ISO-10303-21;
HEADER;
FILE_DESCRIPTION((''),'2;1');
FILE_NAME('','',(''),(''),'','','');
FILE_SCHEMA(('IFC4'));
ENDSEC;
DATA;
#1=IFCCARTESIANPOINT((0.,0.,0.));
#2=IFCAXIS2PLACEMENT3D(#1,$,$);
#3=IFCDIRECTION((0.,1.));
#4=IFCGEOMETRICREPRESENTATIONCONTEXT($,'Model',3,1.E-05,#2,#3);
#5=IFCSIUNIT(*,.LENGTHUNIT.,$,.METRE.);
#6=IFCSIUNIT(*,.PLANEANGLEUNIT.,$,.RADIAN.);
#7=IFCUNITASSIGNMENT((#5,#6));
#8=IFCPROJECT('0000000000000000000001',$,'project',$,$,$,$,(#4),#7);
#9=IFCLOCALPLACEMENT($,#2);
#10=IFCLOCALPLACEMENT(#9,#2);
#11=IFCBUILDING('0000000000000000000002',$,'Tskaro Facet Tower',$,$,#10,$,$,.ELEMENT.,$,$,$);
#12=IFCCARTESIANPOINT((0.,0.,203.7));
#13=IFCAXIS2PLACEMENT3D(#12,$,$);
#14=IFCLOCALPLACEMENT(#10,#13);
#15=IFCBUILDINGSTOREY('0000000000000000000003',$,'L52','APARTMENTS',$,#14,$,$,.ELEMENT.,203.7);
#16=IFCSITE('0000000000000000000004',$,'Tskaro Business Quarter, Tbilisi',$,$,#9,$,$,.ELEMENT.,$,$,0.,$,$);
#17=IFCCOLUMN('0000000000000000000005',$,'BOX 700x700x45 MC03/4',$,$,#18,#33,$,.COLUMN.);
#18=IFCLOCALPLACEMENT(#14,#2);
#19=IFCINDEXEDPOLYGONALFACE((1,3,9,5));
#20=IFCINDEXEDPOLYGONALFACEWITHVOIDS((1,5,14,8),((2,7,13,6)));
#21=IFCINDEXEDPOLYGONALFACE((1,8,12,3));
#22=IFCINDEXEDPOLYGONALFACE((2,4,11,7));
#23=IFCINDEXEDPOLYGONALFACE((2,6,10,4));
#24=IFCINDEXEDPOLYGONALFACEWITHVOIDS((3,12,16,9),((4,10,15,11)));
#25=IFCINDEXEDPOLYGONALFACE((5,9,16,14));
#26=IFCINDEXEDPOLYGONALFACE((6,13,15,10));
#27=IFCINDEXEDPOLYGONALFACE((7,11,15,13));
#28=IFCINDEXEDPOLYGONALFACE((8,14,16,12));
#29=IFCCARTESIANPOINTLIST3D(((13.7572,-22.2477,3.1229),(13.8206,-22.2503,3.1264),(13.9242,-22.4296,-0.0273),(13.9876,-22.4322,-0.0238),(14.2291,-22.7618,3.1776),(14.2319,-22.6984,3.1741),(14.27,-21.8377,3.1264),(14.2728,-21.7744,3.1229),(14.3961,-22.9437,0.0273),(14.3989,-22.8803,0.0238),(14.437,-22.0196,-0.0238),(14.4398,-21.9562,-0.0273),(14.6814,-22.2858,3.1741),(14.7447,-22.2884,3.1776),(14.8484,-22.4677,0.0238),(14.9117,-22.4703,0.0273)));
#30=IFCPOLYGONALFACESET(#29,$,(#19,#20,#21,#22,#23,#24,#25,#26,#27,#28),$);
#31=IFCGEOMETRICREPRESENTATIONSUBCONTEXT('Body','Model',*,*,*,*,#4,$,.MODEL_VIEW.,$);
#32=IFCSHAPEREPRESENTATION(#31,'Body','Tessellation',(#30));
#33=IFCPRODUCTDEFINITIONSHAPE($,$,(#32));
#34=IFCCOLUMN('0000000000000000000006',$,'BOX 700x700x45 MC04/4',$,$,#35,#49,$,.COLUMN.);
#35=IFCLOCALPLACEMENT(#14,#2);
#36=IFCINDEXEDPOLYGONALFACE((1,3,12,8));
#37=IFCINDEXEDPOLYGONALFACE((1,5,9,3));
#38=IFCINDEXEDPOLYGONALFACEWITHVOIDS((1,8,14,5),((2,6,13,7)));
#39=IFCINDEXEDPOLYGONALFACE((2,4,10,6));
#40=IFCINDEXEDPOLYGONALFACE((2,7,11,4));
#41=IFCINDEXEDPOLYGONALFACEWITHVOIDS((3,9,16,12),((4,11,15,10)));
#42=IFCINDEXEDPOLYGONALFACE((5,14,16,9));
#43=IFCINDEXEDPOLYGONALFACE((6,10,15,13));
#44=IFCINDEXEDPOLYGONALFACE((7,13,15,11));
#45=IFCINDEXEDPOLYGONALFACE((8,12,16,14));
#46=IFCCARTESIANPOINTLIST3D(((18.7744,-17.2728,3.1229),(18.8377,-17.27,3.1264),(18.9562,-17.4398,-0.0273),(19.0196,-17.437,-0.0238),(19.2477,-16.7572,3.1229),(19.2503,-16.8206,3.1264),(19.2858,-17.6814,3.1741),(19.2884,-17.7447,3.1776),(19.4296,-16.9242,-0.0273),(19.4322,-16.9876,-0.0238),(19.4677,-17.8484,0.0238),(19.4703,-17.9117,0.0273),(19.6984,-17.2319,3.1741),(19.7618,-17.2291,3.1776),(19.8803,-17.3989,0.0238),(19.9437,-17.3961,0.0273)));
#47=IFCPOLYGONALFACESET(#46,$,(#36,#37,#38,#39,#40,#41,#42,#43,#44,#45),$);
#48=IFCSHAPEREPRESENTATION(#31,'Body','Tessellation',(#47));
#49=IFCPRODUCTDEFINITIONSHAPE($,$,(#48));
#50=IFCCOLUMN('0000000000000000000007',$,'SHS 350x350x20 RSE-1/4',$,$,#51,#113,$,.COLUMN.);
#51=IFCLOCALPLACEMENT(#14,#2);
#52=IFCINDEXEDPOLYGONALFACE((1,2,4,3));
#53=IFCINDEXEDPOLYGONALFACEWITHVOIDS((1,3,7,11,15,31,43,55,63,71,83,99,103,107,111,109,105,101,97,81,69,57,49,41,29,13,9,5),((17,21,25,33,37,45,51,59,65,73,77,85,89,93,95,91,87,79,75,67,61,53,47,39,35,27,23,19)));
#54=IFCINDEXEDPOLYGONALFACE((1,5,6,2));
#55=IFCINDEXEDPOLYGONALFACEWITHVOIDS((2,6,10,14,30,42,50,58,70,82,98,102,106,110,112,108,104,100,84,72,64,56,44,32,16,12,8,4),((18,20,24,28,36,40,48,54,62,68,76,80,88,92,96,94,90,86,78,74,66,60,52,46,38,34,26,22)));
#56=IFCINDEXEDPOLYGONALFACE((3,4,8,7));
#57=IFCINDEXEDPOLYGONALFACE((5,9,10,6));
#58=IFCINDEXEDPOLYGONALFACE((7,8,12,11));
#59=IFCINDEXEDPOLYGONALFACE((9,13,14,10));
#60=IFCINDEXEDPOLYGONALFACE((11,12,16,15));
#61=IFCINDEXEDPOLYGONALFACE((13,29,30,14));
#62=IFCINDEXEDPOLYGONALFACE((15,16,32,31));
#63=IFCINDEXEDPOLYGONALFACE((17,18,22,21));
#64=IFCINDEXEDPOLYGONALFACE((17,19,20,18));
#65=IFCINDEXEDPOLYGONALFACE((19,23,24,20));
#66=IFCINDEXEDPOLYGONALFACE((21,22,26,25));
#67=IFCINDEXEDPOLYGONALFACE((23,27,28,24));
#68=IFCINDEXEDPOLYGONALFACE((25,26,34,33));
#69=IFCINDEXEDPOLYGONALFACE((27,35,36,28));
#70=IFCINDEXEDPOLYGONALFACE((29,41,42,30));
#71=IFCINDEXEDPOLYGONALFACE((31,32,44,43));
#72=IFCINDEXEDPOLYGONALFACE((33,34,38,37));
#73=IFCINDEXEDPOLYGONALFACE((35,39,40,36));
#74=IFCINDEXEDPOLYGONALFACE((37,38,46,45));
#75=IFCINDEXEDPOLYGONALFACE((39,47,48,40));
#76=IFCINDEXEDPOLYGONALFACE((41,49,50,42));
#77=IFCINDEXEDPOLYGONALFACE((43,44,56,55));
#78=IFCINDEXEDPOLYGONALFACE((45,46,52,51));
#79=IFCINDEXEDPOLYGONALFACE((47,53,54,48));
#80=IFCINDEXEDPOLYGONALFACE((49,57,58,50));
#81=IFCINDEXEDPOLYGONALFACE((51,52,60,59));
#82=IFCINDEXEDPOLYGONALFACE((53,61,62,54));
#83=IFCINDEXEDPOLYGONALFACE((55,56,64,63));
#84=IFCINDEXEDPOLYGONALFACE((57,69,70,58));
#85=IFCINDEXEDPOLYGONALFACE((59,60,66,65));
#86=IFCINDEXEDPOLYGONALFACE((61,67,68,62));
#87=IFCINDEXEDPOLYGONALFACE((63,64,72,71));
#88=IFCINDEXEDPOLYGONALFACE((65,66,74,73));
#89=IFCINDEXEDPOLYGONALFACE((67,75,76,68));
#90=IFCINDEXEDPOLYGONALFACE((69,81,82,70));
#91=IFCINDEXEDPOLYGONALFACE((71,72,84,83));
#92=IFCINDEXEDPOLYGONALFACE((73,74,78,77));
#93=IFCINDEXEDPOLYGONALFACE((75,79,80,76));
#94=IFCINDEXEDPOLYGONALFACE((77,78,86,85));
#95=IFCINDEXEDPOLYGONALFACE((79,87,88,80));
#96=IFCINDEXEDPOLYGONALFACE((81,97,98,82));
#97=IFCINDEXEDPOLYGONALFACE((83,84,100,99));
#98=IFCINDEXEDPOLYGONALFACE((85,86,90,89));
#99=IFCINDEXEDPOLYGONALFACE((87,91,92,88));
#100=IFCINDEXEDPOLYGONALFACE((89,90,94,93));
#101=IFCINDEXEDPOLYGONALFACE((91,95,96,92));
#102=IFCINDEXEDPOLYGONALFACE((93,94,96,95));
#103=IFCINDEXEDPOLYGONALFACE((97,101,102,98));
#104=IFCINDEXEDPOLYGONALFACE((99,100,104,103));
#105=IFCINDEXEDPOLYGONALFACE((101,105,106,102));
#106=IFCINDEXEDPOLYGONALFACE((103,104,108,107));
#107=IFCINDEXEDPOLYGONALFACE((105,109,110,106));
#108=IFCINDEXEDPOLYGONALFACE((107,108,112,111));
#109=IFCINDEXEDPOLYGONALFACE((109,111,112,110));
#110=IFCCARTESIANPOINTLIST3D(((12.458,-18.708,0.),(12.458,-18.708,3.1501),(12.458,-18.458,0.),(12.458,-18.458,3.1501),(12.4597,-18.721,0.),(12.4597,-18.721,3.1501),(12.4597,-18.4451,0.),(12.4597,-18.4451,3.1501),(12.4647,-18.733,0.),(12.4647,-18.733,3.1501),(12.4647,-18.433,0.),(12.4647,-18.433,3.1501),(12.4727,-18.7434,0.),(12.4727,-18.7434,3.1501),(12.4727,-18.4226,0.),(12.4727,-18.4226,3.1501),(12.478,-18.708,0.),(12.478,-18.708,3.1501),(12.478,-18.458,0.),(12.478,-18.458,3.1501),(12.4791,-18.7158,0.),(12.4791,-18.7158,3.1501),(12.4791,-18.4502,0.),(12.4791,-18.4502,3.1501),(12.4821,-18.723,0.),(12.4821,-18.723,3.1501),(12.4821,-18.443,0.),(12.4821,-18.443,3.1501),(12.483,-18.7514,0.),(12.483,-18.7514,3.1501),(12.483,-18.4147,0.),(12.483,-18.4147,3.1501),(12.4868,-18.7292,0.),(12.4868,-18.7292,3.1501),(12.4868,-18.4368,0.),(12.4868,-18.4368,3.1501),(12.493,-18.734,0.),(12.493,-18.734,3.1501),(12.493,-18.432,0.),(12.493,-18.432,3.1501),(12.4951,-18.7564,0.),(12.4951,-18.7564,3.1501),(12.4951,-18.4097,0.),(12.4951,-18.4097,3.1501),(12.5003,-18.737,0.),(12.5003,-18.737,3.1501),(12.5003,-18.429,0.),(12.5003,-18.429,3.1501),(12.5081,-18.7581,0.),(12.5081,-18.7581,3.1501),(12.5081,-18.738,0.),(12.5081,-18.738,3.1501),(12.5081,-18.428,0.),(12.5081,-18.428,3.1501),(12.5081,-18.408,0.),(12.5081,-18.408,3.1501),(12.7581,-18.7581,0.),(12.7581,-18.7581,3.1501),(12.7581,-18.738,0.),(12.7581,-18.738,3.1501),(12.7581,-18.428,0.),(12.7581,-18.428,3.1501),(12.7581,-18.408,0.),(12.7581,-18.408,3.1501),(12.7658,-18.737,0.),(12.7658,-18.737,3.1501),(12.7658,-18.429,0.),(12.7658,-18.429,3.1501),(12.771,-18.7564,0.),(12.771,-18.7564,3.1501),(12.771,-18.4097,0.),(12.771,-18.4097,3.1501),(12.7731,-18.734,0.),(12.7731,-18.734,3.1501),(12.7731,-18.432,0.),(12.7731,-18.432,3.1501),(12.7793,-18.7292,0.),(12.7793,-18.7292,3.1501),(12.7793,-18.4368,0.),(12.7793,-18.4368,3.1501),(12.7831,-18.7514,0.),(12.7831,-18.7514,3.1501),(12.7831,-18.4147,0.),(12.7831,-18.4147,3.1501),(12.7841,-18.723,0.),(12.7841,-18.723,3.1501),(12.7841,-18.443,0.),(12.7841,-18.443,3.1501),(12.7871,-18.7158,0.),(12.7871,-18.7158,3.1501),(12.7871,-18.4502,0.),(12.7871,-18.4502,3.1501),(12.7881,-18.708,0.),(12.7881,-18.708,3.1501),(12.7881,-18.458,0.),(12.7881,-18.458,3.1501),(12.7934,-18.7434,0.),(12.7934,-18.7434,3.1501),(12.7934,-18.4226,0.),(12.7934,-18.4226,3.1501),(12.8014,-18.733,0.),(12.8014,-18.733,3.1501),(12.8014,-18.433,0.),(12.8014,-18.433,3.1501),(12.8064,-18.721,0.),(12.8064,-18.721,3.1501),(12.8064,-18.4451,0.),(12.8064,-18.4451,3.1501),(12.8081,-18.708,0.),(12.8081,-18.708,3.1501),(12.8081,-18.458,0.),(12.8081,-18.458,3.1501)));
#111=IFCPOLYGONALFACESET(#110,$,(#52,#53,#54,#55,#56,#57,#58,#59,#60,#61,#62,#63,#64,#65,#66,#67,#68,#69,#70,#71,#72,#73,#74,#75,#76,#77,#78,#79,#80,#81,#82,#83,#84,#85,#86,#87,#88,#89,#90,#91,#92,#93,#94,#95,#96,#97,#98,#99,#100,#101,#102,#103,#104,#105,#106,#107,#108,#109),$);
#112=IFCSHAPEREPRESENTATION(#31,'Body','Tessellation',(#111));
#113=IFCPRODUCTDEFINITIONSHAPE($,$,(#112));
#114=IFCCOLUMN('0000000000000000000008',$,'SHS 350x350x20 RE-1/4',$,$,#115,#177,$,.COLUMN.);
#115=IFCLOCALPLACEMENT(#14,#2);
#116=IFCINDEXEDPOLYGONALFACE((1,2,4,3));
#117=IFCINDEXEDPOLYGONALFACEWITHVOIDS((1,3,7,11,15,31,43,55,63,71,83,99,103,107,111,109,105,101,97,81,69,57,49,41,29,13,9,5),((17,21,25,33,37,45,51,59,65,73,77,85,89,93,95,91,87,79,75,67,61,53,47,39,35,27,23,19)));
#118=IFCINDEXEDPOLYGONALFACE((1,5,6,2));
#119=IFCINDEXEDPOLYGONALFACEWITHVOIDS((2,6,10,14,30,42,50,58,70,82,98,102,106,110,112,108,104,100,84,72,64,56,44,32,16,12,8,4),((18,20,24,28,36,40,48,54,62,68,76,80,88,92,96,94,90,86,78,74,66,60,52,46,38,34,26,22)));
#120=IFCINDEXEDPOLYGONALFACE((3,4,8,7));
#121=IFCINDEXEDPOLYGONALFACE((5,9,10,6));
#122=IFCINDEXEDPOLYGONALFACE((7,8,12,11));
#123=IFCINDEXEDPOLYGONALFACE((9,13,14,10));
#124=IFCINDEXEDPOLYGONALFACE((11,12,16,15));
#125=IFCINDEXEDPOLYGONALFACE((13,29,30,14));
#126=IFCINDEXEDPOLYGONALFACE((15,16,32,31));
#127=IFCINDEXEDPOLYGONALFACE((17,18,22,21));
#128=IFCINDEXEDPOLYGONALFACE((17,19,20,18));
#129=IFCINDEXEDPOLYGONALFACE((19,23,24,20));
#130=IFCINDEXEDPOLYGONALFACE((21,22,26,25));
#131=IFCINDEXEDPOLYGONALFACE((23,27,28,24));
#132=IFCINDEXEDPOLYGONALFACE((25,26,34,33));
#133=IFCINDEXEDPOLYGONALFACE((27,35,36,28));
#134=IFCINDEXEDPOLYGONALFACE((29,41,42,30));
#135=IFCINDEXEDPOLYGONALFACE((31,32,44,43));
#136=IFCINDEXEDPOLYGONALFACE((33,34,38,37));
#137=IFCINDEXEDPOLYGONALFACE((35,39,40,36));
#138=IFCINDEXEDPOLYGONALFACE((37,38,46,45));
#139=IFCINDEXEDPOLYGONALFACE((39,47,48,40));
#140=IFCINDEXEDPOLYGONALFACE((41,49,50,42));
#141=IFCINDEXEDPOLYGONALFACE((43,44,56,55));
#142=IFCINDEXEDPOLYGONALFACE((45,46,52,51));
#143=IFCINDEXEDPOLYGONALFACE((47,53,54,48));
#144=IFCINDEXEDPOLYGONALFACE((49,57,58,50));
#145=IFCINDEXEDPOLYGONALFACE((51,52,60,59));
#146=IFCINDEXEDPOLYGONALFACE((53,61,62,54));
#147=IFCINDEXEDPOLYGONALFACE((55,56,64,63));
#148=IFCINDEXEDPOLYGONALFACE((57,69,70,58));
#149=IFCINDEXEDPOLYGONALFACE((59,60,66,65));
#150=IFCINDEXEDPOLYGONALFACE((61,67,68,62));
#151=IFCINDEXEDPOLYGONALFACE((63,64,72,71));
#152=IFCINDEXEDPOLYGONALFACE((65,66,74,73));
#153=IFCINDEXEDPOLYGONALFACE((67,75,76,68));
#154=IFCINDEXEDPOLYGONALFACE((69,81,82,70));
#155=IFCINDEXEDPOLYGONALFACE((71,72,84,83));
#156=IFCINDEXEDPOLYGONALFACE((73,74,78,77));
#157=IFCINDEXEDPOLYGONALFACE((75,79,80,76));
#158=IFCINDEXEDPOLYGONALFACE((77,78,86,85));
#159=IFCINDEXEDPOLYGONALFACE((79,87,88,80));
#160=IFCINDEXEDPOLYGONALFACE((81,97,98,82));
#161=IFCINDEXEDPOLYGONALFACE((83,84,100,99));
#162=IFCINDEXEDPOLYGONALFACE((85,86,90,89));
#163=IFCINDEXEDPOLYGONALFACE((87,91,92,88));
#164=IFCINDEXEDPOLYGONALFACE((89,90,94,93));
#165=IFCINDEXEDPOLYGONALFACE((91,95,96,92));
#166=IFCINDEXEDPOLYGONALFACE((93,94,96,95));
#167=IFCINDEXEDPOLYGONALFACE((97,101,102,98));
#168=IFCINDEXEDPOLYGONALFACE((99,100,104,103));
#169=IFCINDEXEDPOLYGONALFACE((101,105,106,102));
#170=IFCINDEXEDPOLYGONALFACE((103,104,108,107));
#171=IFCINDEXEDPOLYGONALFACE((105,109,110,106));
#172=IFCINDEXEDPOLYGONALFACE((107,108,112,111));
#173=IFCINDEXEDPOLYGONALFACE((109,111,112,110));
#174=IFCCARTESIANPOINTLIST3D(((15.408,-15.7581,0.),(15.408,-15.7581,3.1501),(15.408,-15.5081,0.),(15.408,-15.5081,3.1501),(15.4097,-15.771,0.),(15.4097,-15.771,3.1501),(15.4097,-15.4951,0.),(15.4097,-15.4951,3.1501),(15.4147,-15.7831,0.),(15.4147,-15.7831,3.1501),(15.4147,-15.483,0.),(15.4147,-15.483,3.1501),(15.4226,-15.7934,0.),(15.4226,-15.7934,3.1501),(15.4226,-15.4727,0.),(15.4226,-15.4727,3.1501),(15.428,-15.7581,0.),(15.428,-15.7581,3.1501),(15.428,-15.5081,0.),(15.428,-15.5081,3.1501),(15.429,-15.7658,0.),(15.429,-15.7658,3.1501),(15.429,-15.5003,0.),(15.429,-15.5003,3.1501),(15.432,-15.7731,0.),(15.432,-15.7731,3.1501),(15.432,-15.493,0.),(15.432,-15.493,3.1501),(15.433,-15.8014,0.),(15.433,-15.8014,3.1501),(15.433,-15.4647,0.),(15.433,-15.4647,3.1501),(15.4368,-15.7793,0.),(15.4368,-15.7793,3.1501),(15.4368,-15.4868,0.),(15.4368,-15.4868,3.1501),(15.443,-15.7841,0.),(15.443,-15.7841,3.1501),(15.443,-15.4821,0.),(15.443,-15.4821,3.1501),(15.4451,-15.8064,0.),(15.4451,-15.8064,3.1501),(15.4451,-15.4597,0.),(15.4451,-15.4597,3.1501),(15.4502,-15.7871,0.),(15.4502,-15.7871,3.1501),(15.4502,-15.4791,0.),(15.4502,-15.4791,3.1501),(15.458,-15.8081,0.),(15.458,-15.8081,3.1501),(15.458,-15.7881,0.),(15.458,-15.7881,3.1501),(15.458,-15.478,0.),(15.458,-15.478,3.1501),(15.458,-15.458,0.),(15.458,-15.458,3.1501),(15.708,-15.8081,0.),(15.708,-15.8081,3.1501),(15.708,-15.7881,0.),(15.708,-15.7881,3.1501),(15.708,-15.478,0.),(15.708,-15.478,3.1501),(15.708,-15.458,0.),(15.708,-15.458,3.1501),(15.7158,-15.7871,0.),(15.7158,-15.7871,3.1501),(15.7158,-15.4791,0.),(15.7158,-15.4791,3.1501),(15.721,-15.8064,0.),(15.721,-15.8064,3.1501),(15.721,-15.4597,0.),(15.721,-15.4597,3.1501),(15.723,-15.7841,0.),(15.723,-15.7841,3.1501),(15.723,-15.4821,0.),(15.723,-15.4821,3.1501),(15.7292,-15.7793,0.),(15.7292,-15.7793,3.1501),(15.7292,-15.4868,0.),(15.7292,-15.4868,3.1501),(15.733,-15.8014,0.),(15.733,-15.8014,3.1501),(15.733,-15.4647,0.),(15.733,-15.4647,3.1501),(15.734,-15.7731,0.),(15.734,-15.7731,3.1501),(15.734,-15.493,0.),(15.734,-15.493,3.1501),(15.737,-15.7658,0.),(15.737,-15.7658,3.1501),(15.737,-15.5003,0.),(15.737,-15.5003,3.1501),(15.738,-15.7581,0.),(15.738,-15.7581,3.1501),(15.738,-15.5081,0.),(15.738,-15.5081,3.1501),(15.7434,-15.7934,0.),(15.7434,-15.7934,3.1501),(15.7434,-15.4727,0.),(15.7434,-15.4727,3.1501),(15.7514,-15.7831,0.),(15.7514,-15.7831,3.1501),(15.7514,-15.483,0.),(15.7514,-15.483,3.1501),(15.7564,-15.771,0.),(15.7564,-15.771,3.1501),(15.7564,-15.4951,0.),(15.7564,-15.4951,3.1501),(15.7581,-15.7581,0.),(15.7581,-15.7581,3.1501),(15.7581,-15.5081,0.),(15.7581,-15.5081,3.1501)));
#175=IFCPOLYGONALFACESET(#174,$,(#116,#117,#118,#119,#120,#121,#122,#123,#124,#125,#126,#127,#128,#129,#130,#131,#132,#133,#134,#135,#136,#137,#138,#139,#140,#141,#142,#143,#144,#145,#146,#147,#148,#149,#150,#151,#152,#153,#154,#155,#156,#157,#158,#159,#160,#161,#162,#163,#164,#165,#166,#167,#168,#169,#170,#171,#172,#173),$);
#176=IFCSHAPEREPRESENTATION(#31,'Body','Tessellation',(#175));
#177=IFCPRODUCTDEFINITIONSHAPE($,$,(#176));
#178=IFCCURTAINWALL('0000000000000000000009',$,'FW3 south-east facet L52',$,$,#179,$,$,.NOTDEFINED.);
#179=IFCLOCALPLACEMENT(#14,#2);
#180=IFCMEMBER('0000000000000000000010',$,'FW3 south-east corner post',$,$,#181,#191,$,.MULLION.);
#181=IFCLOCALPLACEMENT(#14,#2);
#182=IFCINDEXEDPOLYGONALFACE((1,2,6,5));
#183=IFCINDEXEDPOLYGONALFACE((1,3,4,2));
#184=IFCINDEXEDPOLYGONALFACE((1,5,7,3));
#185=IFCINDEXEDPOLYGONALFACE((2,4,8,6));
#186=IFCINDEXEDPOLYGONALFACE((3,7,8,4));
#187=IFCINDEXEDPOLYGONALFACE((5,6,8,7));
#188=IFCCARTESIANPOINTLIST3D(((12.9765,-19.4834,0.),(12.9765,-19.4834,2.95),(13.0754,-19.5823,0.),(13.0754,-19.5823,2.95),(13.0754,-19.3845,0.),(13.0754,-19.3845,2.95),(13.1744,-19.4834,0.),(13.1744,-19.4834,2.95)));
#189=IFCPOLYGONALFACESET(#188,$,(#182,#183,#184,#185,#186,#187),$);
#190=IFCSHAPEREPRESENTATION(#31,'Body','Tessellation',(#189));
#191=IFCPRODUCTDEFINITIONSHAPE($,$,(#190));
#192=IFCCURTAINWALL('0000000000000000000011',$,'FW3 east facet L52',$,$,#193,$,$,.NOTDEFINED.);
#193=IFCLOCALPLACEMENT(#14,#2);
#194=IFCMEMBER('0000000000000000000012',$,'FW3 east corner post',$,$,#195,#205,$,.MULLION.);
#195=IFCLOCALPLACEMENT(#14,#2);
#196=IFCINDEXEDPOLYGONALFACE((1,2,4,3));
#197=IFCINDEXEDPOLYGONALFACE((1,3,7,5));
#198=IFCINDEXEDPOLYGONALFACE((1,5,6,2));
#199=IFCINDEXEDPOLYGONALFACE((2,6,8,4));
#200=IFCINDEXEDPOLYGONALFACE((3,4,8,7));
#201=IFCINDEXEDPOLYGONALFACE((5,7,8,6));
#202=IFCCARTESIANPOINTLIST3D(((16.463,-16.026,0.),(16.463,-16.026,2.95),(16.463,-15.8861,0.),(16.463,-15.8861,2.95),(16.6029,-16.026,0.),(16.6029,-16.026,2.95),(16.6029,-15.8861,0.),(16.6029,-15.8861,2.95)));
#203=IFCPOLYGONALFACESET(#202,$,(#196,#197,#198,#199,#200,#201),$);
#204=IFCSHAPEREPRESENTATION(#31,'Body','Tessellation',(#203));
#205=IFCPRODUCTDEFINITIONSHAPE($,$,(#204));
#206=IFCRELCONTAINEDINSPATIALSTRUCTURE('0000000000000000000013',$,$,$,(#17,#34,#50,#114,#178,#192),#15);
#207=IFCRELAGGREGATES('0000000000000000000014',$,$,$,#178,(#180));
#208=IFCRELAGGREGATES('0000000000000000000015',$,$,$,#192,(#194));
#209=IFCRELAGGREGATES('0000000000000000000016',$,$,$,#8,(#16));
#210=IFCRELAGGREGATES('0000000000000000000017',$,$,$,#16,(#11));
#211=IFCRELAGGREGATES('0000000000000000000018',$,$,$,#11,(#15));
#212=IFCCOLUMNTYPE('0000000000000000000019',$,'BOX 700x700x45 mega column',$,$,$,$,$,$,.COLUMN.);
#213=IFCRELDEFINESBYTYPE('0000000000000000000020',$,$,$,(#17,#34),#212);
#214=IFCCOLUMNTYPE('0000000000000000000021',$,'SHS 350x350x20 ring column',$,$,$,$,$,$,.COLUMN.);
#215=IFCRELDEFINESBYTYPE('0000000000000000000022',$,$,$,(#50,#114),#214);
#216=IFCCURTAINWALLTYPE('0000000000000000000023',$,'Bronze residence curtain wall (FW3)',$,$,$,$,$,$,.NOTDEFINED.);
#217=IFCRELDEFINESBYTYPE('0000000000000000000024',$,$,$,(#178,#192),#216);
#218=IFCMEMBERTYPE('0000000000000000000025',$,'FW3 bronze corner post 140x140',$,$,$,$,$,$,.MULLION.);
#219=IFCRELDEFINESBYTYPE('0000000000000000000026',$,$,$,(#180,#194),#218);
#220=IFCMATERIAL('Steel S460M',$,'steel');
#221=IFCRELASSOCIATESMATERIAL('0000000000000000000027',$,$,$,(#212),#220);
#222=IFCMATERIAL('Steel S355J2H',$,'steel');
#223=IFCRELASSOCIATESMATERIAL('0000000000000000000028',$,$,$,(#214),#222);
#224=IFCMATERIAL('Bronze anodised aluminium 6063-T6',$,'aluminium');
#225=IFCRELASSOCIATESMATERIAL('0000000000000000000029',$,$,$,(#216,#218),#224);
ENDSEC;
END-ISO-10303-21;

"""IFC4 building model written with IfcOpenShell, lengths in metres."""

from ifc_helpers import new_model, si_unit, direction, frame, origin, origin_2d, place, context, subcontext, project, spatial, rectangle, hollow_rectangle, extrude, material, material_profile, profile_set, type_object, element, aggregate, save


model = new_model("IFC4")

# Units and contexts
model_context = context("Model", 3, precision=1e-05, world=origin(), true_north=direction((0.0, 1.0)))
body_context = subcontext(model_context, "Body", "Model", "MODEL_VIEW")
ifc_project = project(units=[si_unit("LENGTHUNIT", "METRE"), si_unit("PLANEANGLEUNIT", "RADIAN")], contexts=[model_context])

# Site, building, storey
site_placement = place(None, origin())
site = spatial("IfcSite", under=ifc_project, at=site_placement, Name="Tskaro Business Quarter, Tbilisi", CompositionType="ELEMENT", RefElevation=0.0)
building_placement = place(site_placement, origin())
building = spatial("IfcBuilding", under=site, at=building_placement, Name="Tskaro Facet Tower", CompositionType="ELEMENT")
storey_placement = place(building_placement, frame((0.0, 0.0, 203.7)))
storey = spatial("IfcBuildingStorey", under=building, at=storey_placement, Name="L52", Description="APARTMENTS", CompositionType="ELEMENT", Elevation=203.7)

# Columns
ifc_material_1 = material(Name="Steel S460M", Category="steel")
ifc_material_profile_1 = material_profile(ifc_material_1, hollow_rectangle(XDim=0.7, YDim=0.7, WallThickness=0.0449, at=origin_2d()), Name="BOX 700x700x45")
ifc_profile_set_1 = profile_set([ifc_material_profile_1], Name="Steel S460M")
column_type_1 = type_object("IfcColumnType", Name="BOX 700x700x45 mega column", PredefinedType="COLUMN", material=ifc_profile_set_1)
for number, where, z_axis, x_axis, name in (
    (1, (14.418, -22.45, 0.0), (-0.052849, 0.057562, 0.996942), (-0.73662, -0.676306, 0.0), "BOX 700x700x45 MC03/4"),
    (2, (19.45, -17.418, 0.0), (-0.057562, 0.052849, 0.996942), (-0.676306, -0.73662, 0.0), "BOX 700x700x45 MC04/4"),
):
    element("IfcColumn", number, at=place(storey_placement, frame(where, z_axis=z_axis, x_axis=x_axis)), inside=storey, type_object=column_type_1, Name=name, PredefinedType="COLUMN", context=body_context, shape_type="SweptSolid", body=[
        extrude(hollow_rectangle(XDim=0.7, YDim=0.7, WallThickness=0.0449, at=origin_2d()), origin(), (0.0, 0.0, 1.0), 3.1599),
    ])
ifc_material_2 = material(Name="Steel S355J2H", Category="steel")
ifc_material_profile_2 = material_profile(ifc_material_2, hollow_rectangle(XDim=0.3501, YDim=0.3501, WallThickness=0.02, InnerFilletRadius=0.03, OuterFilletRadius=0.05, at=origin_2d()), Name="SHS 350x350x20")
ifc_profile_set_2 = profile_set([ifc_material_profile_2], Name="Steel S355J2H")
column_type_2 = type_object("IfcColumnType", Name="SHS 350x350x20 ring column", PredefinedType="COLUMN", material=ifc_profile_set_2)
for number, where, z_axis, x_axis, name in (
    (3, (12.6331, -18.583, 0.0), (0.0, 0.0, 1.0), (1.0, 0.0, 0.0), "SHS 350x350x20 RSE-1/4"),
    (4, (15.583, -15.6331, 0.0), (0.0, 0.0, 1.0), (1.0, 0.0, 0.0), "SHS 350x350x20 RE-1/4"),
):
    element("IfcColumn", number, at=place(storey_placement, frame(where, z_axis=z_axis, x_axis=x_axis)), inside=storey, type_object=column_type_2, Name=name, PredefinedType="COLUMN", context=body_context, shape_type="SweptSolid", body=[
        extrude(hollow_rectangle(XDim=0.3501, YDim=0.3501, WallThickness=0.02, InnerFilletRadius=0.03, OuterFilletRadius=0.05, at=origin_2d()), origin(), (0.0, 0.0, 1.0), 3.1501),
    ])

# Curtain walls, members
ifc_material_3 = material(Name="Bronze anodised aluminium 6063-T6", Category="aluminium")
curtain_wall_type = type_object("IfcCurtainWallType", Name="Bronze residence curtain wall (FW3)", PredefinedType="NOTDEFINED", material=ifc_material_3)
curtain_wall_1_placement = place(storey_placement, origin())
curtain_wall_1 = element("IfcCurtainWall", 5, at=curtain_wall_1_placement, inside=storey, type_object=curtain_wall_type, Name="FW3 south-east facet L52", PredefinedType="NOTDEFINED")
ifc_material_profile_3 = material_profile(ifc_material_3, rectangle(XDim=0.1399, YDim=0.1399, at=origin_2d()), Name="Corner post 140x140")
ifc_profile_set_3 = profile_set([ifc_material_profile_3], Name="Bronze anodised aluminium 6063-T6")
member_type_1 = type_object("IfcMemberType", Name="FW3 bronze corner post 140x140", PredefinedType="MULLION", material=ifc_profile_set_3)
member_1_placement = place(storey_placement, frame((13.0754, -19.4834, 0.0), z_axis=(0.0, 0.0, 1.0), x_axis=(0.707107, 0.707107, 0.0)))
member_1 = element("IfcMember", 6, at=member_1_placement, type_object=member_type_1, Name="FW3 south-east corner post", PredefinedType="MULLION", context=body_context, shape_type="SweptSolid", body=[
    extrude(rectangle(XDim=0.1399, YDim=0.1399, at=origin_2d()), origin(), (0.0, 0.0, 1.0), 2.95),
])
curtain_wall_2_placement = place(storey_placement, origin())
curtain_wall_2 = element("IfcCurtainWall", 7, at=curtain_wall_2_placement, inside=storey, type_object=curtain_wall_type, Name="FW3 east facet L52", PredefinedType="NOTDEFINED")
member_2_placement = place(storey_placement, frame((16.533, -15.9561, 0.0), z_axis=(0.0, 0.0, 1.0), x_axis=(0.0, 1.0, 0.0)))
member_2 = element("IfcMember", 8, at=member_2_placement, type_object=member_type_1, Name="FW3 east corner post", PredefinedType="MULLION", context=body_context, shape_type="SweptSolid", body=[
    extrude(rectangle(XDim=0.1399, YDim=0.1399, at=origin_2d()), origin(), (0.0, 0.0, 1.0), 2.95),
])

aggregate(curtain_wall_1, [member_1])
aggregate(curtain_wall_2, [member_2])

save(model, "model.ifc")
